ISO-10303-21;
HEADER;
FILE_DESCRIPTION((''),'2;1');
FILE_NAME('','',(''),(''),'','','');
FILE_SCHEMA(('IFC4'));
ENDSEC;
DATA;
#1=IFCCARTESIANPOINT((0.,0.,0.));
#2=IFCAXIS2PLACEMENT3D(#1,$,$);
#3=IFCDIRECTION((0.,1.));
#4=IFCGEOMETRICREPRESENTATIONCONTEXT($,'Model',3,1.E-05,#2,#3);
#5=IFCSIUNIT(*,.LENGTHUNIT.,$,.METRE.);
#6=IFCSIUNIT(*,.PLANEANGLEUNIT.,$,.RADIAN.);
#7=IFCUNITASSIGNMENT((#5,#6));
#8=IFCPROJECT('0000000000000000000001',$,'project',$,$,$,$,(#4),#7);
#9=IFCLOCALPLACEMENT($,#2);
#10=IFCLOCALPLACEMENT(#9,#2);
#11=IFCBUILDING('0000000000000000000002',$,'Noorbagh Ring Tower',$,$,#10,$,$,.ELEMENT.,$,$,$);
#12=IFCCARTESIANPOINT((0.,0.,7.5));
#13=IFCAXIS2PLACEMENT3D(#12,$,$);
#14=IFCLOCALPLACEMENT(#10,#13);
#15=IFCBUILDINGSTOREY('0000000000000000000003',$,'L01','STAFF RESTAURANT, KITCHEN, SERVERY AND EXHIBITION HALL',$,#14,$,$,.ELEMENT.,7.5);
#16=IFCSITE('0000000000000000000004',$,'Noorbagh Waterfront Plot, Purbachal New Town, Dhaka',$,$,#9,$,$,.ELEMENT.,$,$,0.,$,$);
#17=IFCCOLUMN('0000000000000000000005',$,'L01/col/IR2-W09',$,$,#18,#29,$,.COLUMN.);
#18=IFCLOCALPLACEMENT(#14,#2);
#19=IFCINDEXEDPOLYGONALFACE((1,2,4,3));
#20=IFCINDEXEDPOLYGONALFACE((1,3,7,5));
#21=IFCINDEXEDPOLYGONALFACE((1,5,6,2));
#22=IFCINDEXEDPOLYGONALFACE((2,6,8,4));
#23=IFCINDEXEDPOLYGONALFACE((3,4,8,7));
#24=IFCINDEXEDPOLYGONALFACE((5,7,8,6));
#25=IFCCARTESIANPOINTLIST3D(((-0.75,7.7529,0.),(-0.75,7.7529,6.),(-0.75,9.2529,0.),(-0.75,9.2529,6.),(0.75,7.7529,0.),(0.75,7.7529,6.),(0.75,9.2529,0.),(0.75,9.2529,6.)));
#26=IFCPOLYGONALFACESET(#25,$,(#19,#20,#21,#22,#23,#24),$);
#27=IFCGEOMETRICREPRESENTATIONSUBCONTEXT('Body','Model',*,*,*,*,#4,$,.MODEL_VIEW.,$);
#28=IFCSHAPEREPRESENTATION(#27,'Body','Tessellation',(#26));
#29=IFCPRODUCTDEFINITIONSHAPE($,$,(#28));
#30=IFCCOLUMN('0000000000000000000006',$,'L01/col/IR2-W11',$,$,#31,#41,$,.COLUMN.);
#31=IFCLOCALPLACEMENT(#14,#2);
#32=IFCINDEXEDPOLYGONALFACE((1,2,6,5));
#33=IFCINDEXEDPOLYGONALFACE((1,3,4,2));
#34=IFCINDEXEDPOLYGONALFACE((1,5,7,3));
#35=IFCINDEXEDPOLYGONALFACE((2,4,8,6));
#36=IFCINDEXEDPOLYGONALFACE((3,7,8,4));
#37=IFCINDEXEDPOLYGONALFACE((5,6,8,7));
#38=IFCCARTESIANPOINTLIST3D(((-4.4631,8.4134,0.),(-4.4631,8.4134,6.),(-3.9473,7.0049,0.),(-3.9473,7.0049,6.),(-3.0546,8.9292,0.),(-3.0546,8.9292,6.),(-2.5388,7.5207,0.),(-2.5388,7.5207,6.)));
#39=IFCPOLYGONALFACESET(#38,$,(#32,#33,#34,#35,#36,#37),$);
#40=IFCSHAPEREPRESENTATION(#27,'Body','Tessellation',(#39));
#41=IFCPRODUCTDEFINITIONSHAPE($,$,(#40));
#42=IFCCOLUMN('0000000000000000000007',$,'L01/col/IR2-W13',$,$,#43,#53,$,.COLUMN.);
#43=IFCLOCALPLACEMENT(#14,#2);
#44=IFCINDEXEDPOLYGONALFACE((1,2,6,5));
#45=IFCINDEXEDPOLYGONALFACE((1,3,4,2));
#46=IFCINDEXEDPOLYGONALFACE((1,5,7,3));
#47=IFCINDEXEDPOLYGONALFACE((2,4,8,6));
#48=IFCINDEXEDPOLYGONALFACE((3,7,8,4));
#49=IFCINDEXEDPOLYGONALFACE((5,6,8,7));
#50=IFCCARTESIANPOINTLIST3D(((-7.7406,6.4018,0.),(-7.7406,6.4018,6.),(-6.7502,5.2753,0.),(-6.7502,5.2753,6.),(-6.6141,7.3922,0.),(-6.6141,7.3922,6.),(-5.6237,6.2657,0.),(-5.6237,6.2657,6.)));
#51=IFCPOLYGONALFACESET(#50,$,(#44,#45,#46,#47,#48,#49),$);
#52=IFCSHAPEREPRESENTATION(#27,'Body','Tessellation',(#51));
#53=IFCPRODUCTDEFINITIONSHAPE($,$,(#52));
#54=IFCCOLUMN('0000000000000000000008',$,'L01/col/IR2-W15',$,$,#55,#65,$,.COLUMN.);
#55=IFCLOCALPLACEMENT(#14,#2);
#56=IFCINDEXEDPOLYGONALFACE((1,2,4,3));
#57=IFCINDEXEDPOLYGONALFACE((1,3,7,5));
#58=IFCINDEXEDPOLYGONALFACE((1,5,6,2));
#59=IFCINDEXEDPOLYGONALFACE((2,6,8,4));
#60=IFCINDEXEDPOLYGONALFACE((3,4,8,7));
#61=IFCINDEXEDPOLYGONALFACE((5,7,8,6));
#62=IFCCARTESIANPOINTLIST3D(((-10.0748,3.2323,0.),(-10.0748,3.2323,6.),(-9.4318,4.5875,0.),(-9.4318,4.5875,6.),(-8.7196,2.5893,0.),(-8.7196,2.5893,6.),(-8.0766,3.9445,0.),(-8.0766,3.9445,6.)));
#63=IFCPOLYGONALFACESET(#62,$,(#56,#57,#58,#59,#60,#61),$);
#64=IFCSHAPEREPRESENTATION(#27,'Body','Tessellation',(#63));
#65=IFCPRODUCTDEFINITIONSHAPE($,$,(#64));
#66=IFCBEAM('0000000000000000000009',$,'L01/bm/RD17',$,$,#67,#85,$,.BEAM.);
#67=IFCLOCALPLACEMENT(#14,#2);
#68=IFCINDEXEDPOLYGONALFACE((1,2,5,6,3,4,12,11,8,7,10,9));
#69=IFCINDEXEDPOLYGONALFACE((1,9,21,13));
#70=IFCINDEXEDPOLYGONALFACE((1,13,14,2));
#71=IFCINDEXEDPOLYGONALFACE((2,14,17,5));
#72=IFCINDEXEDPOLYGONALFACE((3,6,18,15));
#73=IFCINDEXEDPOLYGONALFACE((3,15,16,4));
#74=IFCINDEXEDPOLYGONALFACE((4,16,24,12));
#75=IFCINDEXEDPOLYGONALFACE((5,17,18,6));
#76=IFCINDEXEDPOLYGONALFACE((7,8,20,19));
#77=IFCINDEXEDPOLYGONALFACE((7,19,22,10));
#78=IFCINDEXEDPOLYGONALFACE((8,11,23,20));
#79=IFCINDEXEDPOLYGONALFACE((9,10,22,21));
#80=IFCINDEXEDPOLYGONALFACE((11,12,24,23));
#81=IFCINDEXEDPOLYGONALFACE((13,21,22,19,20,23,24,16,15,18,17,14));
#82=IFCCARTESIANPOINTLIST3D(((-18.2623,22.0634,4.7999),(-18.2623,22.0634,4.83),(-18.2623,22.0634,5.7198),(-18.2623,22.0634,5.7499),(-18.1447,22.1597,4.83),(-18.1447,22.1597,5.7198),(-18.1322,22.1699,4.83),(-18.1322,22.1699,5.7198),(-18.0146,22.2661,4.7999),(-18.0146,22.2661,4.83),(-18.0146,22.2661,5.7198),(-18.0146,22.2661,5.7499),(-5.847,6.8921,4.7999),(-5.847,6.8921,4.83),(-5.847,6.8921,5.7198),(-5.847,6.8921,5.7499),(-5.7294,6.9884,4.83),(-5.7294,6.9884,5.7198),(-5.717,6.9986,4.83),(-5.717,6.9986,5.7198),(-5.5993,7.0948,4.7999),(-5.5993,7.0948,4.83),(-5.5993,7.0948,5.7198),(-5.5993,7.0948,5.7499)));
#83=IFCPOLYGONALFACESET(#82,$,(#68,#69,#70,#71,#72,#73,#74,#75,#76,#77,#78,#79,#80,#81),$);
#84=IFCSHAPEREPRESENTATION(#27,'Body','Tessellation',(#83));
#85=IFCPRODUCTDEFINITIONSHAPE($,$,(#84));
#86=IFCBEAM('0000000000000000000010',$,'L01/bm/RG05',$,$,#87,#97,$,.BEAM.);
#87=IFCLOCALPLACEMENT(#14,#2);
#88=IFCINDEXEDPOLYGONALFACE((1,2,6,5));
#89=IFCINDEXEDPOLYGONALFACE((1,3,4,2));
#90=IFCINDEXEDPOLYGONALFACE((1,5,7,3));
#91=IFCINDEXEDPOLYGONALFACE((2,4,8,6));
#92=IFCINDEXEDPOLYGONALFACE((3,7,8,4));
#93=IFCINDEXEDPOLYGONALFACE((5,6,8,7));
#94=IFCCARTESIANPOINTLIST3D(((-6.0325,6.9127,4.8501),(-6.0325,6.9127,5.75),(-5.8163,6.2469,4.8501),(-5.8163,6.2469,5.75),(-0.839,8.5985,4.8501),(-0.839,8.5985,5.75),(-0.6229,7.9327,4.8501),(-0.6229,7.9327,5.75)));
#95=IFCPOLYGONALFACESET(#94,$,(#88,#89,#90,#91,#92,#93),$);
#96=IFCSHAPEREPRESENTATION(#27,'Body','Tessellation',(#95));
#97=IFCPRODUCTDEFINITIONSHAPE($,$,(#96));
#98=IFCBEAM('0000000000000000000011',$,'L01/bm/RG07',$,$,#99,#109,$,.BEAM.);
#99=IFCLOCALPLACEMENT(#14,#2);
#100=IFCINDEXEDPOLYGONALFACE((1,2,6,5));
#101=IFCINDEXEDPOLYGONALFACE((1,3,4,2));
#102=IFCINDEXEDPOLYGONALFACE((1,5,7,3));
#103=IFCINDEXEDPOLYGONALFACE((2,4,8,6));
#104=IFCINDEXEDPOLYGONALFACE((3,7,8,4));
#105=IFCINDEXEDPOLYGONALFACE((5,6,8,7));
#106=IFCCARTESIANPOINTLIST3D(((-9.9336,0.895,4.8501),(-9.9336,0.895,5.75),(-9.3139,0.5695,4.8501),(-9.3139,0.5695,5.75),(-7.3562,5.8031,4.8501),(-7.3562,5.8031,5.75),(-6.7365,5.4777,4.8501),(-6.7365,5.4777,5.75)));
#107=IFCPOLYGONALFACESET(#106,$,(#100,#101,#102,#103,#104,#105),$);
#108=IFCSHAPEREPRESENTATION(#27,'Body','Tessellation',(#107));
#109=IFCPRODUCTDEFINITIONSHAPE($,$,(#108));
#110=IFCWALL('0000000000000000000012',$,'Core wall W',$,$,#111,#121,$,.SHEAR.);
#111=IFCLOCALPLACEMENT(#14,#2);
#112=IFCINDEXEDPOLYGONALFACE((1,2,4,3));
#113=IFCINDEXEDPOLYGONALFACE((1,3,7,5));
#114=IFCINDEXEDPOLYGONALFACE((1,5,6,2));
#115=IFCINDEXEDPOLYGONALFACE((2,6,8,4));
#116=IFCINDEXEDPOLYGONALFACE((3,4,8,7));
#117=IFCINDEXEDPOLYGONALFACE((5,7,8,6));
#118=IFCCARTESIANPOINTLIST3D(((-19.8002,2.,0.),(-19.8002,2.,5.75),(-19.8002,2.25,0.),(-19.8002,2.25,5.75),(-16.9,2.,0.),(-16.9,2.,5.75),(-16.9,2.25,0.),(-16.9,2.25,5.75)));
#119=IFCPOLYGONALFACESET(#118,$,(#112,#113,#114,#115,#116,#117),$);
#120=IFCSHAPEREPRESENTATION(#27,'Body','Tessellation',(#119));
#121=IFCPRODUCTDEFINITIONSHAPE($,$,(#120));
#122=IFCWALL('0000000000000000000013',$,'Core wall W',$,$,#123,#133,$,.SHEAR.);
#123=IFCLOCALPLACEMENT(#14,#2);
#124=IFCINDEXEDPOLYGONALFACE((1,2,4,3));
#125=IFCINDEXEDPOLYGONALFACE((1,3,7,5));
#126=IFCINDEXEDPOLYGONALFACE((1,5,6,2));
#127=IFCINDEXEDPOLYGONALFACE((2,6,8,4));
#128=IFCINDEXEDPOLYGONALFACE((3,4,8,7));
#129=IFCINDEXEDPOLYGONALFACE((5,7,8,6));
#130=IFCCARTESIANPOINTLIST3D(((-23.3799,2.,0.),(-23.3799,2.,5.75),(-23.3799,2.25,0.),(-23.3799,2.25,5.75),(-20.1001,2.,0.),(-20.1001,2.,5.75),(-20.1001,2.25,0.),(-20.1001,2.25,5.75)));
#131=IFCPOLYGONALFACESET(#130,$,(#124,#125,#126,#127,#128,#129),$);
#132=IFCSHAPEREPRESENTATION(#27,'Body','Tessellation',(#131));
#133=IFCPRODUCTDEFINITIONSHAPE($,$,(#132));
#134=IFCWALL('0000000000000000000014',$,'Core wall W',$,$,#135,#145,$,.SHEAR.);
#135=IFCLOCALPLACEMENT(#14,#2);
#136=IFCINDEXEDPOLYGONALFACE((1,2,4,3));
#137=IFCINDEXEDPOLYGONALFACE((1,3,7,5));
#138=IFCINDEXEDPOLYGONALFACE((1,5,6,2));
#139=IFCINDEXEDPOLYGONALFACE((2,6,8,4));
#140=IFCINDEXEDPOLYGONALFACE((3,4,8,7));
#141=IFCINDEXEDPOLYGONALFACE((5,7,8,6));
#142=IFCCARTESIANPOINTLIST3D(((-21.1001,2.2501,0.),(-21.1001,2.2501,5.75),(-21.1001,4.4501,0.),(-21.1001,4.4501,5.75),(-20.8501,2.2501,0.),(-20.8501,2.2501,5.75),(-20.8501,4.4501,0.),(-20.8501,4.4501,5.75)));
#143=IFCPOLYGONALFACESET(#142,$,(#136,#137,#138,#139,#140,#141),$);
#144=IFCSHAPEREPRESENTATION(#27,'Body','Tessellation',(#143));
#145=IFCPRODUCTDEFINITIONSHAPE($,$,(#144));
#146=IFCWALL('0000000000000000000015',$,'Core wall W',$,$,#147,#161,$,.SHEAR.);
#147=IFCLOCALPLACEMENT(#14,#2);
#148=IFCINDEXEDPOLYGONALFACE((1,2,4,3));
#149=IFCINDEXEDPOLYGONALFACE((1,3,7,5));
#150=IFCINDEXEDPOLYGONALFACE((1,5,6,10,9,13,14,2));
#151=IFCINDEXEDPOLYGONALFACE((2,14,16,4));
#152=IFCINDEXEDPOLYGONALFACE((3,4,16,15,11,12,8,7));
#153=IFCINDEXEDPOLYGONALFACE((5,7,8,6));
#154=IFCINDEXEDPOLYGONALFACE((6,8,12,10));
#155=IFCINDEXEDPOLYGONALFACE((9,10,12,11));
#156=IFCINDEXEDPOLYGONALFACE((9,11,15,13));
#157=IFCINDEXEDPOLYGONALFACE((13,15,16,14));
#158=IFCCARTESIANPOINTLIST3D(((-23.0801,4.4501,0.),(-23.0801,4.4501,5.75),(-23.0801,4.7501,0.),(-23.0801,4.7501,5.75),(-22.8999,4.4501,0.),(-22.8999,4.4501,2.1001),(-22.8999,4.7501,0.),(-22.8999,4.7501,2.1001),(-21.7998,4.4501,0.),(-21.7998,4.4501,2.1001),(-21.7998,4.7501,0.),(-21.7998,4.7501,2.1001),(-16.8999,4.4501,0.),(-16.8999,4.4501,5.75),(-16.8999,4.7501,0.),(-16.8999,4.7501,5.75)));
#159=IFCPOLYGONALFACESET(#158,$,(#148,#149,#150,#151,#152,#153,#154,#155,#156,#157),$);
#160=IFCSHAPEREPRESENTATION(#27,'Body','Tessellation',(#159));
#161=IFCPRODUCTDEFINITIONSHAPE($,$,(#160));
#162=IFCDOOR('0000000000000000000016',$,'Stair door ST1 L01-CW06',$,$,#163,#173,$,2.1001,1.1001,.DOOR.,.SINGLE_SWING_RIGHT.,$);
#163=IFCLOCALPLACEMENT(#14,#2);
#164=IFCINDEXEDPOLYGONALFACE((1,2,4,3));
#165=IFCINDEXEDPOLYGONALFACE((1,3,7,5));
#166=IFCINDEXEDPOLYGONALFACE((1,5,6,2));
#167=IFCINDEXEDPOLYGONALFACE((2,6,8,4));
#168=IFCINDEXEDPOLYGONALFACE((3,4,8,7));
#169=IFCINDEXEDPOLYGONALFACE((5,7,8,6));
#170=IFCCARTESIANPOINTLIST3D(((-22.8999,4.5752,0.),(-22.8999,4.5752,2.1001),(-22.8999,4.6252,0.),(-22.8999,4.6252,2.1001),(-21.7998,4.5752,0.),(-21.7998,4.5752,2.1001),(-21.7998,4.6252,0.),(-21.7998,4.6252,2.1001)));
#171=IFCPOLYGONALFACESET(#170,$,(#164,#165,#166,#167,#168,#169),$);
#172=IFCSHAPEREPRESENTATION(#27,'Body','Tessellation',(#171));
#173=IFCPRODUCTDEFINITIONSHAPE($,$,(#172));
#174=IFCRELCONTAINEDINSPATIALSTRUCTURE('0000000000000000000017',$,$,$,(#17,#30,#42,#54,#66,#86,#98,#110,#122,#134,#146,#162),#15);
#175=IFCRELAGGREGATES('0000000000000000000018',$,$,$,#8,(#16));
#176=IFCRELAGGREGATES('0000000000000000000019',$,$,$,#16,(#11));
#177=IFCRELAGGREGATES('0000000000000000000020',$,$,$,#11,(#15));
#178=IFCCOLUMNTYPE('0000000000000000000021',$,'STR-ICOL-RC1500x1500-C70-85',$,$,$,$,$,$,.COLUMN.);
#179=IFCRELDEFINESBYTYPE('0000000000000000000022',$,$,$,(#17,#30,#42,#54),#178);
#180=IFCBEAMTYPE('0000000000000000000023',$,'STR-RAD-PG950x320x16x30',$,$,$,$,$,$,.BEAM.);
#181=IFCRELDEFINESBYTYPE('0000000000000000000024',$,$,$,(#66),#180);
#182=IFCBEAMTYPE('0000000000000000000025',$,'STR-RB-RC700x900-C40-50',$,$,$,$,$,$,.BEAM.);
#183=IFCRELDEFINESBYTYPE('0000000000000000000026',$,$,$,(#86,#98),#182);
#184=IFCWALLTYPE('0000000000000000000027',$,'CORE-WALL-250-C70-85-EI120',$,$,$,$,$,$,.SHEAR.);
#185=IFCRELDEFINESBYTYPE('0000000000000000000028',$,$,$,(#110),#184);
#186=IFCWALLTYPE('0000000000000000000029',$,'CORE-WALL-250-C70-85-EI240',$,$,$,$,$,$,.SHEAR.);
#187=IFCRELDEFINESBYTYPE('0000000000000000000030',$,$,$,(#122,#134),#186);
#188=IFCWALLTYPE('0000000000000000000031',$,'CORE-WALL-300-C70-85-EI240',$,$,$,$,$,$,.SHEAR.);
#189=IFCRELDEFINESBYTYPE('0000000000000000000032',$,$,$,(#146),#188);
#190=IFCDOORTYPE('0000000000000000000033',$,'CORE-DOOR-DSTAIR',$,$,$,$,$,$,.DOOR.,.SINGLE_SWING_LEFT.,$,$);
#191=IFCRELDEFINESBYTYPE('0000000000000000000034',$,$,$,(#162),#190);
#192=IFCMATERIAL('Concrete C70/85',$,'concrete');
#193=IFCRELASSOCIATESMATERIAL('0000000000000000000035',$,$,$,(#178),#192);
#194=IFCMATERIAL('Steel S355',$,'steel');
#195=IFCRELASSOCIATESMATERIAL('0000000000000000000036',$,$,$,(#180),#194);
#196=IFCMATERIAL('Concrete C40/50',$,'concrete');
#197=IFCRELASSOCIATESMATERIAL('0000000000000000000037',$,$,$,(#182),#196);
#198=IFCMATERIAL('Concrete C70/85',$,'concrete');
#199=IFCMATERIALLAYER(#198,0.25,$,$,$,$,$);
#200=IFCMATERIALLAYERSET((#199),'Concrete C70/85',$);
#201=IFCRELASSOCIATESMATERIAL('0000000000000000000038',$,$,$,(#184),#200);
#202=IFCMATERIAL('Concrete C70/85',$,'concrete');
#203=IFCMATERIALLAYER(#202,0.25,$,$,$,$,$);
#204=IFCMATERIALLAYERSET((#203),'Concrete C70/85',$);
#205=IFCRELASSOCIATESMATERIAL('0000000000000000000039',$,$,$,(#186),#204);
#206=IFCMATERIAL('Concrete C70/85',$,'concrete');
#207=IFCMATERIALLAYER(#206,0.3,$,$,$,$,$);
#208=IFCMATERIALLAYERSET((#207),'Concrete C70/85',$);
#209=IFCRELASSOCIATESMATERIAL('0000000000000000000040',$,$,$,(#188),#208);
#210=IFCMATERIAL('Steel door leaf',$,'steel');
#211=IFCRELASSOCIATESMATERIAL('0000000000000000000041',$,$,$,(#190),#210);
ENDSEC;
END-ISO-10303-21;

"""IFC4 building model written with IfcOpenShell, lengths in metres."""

from ifc_helpers import new_model, si_unit, direction, frame, frame_2d, origin, origin_2d, place, context, subcontext, project, spatial, rectangle, i_section, extrude, material, layer, layer_set, material_profile, profile_set, type_object, element, fill, save


model = new_model("IFC4")

# Units and contexts
model_context = context("Model", 3, precision=1e-05, world=origin(), true_north=direction((0.0, 1.0)))
body_context = subcontext(model_context, "Body", "Model", "MODEL_VIEW")
ifc_project = project(units=[si_unit("LENGTHUNIT", "METRE"), si_unit("PLANEANGLEUNIT", "RADIAN")], contexts=[model_context])

# Site, building, storey
site_placement = place(None, origin())
site = spatial("IfcSite", under=ifc_project, at=site_placement, Name="Noorbagh Waterfront Plot, Purbachal New Town, Dhaka", CompositionType="ELEMENT", RefElevation=0.0)
building_placement = place(site_placement, origin())
building = spatial("IfcBuilding", under=site, at=building_placement, Name="Noorbagh Ring Tower", CompositionType="ELEMENT")
storey_placement = place(building_placement, frame((0.0, 0.0, 7.5)))
storey = spatial("IfcBuildingStorey", under=building, at=storey_placement, Name="L01", Description="STAFF RESTAURANT, KITCHEN, SERVERY AND EXHIBITION HALL", CompositionType="ELEMENT", Elevation=7.5)

# Columns
ifc_material_1 = material(Name="Concrete C70/85", Category="concrete")
ifc_material_profile_1 = material_profile(ifc_material_1, rectangle(XDim=1.5, YDim=1.5, at=origin_2d()), Name="RC1500x1500")
ifc_profile_set_1 = profile_set([ifc_material_profile_1], Name="Concrete C70/85")
column_type = type_object("IfcColumnType", Name="STR-ICOL-RC1500x1500-C70-85", PredefinedType="COLUMN", material=ifc_profile_set_1)
for number, where, z_axis, x_axis, name in (
    (1, (0.0, 8.5029, 0.0), (0.0, 0.0, 1.0), (-1.0, 0.0, 0.0), "L01/col/IR2-W09"),
    (2, (-3.501, 7.967, 0.0), (0.0, 0.0, 1.0), (-0.93902, -0.343864, 0.0), "L01/col/IR2-W11"),
    (3, (-6.6821, 6.3337, 0.0), (0.0, 0.0, 1.0), (-0.751022, -0.660277, 0.0), "L01/col/IR2-W13"),
    (4, (-9.0757, 3.5884, 0.0), (0.0, 0.0, 1.0), (-0.428667, -0.903463, 0.0), "L01/col/IR2-W15"),
):
    element("IfcColumn", number, at=place(storey_placement, frame(where, z_axis=z_axis, x_axis=x_axis)), inside=storey, type_object=column_type, Name=name, PredefinedType="COLUMN", context=body_context, shape_type="SweptSolid", body=[
        extrude(rectangle(XDim=1.5, YDim=1.5, at=origin_2d()), origin(), (0.0, 0.0, 1.0), 6.0),
    ])

# Beams
ifc_material_2 = material(Name="Steel S355", Category="steel")
ifc_material_profile_2 = material_profile(ifc_material_2, i_section(OverallWidth=0.3201, OverallDepth=0.95, WebThickness=0.0161, FlangeThickness=0.03, at=origin_2d()), Name="PG950x320x16x30")
ifc_profile_set_2 = profile_set([ifc_material_profile_2], Name="Steel S355")
beam_type_1 = type_object("IfcBeamType", Name="STR-RAD-PG950x320x16x30", PredefinedType="BEAM", material=ifc_profile_set_2)
beam_1_placement = place(storey_placement, frame((-18.1384, 22.1648, 5.2749), z_axis=(0.633309, -0.773899, 0.0), x_axis=(0.773899, 0.633309, 0.0)))
element("IfcBeam", 5, at=beam_1_placement, inside=storey, type_object=beam_type_1, Name="L01/bm/RD17", PredefinedType="BEAM", context=body_context, shape_type="SweptSolid", body=[
    extrude(i_section(OverallWidth=0.3201, OverallDepth=0.95, WebThickness=0.0161, FlangeThickness=0.03, at=origin_2d()), origin(), (0.0, 0.0, 1.0), 19.6038),
])
ifc_material_3 = material(Name="Concrete C40/50", Category="concrete")
ifc_material_profile_3 = material_profile(ifc_material_3, rectangle(XDim=0.7, YDim=0.8999, at=origin_2d()), Name="RC700x900")
ifc_profile_set_3 = profile_set([ifc_material_profile_3], Name="Concrete C40/50")
beam_type_2 = type_object("IfcBeamType", Name="STR-RB-RC700x900-C40-50", PredefinedType="BEAM", material=ifc_profile_set_3)
beam_2_placement = place(storey_placement, frame((-0.731, 8.2656, 5.3), z_axis=(-0.951144, -0.308746, 0.0), x_axis=(0.308746, -0.951144, 0.0)))
element("IfcBeam", 6, at=beam_2_placement, inside=storey, type_object=beam_type_2, Name="L01/bm/RG05", PredefinedType="BEAM", context=body_context, shape_type="SweptSolid", body=[
    extrude(rectangle(XDim=0.7, YDim=0.8999, at=origin_2d()), origin(), (0.0, 0.0, 1.0), 5.4602),
])
beam_3_placement = place(storey_placement, frame((-7.0464, 5.6404, 5.3), z_axis=(-0.464917, -0.885354, 0.0), x_axis=(0.885354, -0.464917, 0.0)))
element("IfcBeam", 7, at=beam_3_placement, inside=storey, type_object=beam_type_2, Name="L01/bm/RG07", PredefinedType="BEAM", context=body_context, shape_type="SweptSolid", body=[
    extrude(rectangle(XDim=0.7, YDim=0.8999, at=origin_2d()), origin(), (0.0, 0.0, 1.0), 5.5437),
])

# Walls
ifc_material_4 = material(Name="Concrete C70/85", Category="concrete")
ifc_layer_1 = layer(ifc_material_4, 0.25)
ifc_layer_set_1 = layer_set([ifc_layer_1], Name="Concrete C70/85")
wall_type_1 = type_object("IfcWallType", Name="CORE-WALL-250-C70-85-EI120", PredefinedType="SHEAR", material=ifc_layer_set_1)
wall_1_placement = place(storey_placement, frame((-16.8999, 2.125, 0.0), z_axis=(0.0, 0.0, 1.0), x_axis=(-1.0, 0.0, 0.0)))
element("IfcWall", 8, at=wall_1_placement, inside=storey, type_object=wall_type_1, Name="Core wall W", PredefinedType="SHEAR", context=body_context, shape_type="SweptSolid", body=[
    extrude(rectangle(XDim=2.9001, YDim=0.25, at=frame_2d((1.4502, 0.0))), origin(), (0.0, 0.0, 1.0), 5.75),
])
ifc_material_5 = material(Name="Concrete C70/85", Category="concrete")
ifc_layer_2 = layer(ifc_material_5, 0.25)
ifc_layer_set_2 = layer_set([ifc_layer_2], Name="Concrete C70/85")
wall_type_2 = type_object("IfcWallType", Name="CORE-WALL-250-C70-85-EI240", PredefinedType="SHEAR", material=ifc_layer_set_2)
wall_2_placement = place(storey_placement, frame((-20.1001, 2.125, 0.0), z_axis=(0.0, 0.0, 1.0), x_axis=(-1.0, 0.0, 0.0)))
element("IfcWall", 9, at=wall_2_placement, inside=storey, type_object=wall_type_2, Name="Core wall W", PredefinedType="SHEAR", context=body_context, shape_type="SweptSolid", body=[
    extrude(rectangle(XDim=3.2798, YDim=0.25, at=frame_2d((1.6399, 0.0))), origin(), (0.0, 0.0, 1.0), 5.75),
])
wall_3_placement = place(storey_placement, frame((-20.9751, 2.25, 0.0), z_axis=(0.0, 0.0, 1.0), x_axis=(0.0, 1.0, 0.0)))
element("IfcWall", 10, at=wall_3_placement, inside=storey, type_object=wall_type_2, Name="Core wall W", PredefinedType="SHEAR", context=body_context, shape_type="SweptSolid", body=[
    extrude(rectangle(XDim=2.2, YDim=0.25, at=frame_2d((1.1001, 0.0))), origin(), (0.0, 0.0, 1.0), 5.75),
])

# Wall, opening, door
ifc_material_6 = material(Name="Concrete C70/85", Category="concrete")
ifc_layer_3 = layer(ifc_material_6, 0.3)
ifc_layer_set_3 = layer_set([ifc_layer_3], Name="Concrete C70/85")
wall_type_3 = type_object("IfcWallType", Name="CORE-WALL-300-C70-85-EI240", PredefinedType="SHEAR", material=ifc_layer_set_3)
wall_4_placement = place(storey_placement, frame((-16.8999, 4.6001, 0.0), z_axis=(0.0, 0.0, 1.0), x_axis=(-1.0, 0.0, 0.0)))
wall_4 = element("IfcWall", 11, at=wall_4_placement, inside=storey, type_object=wall_type_3, Name="Core wall W", PredefinedType="SHEAR", context=body_context, shape_type="SweptSolid", body=[
    extrude(rectangle(XDim=6.1802, YDim=0.3, at=frame_2d((3.0901, 0.0))), origin(), (0.0, 0.0, 1.0), 5.75),
])
opening_1_placement = place(wall_4_placement, frame((4.8999, 0.0, 0.0)))
opening_1 = element("IfcOpeningElement", 12, at=opening_1_placement, cuts=wall_4, PredefinedType="OPENING", context=body_context, shape_type="SweptSolid", body=[
    extrude(rectangle(XDim=1.1001, YDim=2.1001, at=frame_2d((0.55, 1.05))), frame((0.0, 0.1602, 0.0), z_axis=(0.0, -1.0, 0.0), x_axis=(1.0, 0.0, 0.0)), (0.0, 0.0, 1.0), 0.3201),
])
ifc_material_7 = material(Name="Steel door leaf", Category="steel")
door_type_1 = type_object("IfcDoorType", Name="CORE-DOOR-DSTAIR", OperationType="SINGLE_SWING_LEFT", PredefinedType="DOOR", material=ifc_material_7)
door_1_placement = place(opening_1_placement, origin())
door_1 = element("IfcDoor", 13, at=door_1_placement, inside=storey, type_object=door_type_1, Name="Stair door ST1 L01-CW06", OperationType="SINGLE_SWING_RIGHT", OverallHeight=2.1001, OverallWidth=1.1001, PredefinedType="DOOR", context=body_context, shape_type="SweptSolid", body=[
    extrude(rectangle(XDim=1.1001, YDim=2.1001, at=frame_2d((0.55, 1.05))), frame((0.0, 0.0249, 0.0), z_axis=(0.0, -1.0, 0.0), x_axis=(1.0, 0.0, 0.0)), (0.0, 0.0, 1.0), 0.05),
])
fill(opening_1, door_1)

save(model, "model.ifc")
